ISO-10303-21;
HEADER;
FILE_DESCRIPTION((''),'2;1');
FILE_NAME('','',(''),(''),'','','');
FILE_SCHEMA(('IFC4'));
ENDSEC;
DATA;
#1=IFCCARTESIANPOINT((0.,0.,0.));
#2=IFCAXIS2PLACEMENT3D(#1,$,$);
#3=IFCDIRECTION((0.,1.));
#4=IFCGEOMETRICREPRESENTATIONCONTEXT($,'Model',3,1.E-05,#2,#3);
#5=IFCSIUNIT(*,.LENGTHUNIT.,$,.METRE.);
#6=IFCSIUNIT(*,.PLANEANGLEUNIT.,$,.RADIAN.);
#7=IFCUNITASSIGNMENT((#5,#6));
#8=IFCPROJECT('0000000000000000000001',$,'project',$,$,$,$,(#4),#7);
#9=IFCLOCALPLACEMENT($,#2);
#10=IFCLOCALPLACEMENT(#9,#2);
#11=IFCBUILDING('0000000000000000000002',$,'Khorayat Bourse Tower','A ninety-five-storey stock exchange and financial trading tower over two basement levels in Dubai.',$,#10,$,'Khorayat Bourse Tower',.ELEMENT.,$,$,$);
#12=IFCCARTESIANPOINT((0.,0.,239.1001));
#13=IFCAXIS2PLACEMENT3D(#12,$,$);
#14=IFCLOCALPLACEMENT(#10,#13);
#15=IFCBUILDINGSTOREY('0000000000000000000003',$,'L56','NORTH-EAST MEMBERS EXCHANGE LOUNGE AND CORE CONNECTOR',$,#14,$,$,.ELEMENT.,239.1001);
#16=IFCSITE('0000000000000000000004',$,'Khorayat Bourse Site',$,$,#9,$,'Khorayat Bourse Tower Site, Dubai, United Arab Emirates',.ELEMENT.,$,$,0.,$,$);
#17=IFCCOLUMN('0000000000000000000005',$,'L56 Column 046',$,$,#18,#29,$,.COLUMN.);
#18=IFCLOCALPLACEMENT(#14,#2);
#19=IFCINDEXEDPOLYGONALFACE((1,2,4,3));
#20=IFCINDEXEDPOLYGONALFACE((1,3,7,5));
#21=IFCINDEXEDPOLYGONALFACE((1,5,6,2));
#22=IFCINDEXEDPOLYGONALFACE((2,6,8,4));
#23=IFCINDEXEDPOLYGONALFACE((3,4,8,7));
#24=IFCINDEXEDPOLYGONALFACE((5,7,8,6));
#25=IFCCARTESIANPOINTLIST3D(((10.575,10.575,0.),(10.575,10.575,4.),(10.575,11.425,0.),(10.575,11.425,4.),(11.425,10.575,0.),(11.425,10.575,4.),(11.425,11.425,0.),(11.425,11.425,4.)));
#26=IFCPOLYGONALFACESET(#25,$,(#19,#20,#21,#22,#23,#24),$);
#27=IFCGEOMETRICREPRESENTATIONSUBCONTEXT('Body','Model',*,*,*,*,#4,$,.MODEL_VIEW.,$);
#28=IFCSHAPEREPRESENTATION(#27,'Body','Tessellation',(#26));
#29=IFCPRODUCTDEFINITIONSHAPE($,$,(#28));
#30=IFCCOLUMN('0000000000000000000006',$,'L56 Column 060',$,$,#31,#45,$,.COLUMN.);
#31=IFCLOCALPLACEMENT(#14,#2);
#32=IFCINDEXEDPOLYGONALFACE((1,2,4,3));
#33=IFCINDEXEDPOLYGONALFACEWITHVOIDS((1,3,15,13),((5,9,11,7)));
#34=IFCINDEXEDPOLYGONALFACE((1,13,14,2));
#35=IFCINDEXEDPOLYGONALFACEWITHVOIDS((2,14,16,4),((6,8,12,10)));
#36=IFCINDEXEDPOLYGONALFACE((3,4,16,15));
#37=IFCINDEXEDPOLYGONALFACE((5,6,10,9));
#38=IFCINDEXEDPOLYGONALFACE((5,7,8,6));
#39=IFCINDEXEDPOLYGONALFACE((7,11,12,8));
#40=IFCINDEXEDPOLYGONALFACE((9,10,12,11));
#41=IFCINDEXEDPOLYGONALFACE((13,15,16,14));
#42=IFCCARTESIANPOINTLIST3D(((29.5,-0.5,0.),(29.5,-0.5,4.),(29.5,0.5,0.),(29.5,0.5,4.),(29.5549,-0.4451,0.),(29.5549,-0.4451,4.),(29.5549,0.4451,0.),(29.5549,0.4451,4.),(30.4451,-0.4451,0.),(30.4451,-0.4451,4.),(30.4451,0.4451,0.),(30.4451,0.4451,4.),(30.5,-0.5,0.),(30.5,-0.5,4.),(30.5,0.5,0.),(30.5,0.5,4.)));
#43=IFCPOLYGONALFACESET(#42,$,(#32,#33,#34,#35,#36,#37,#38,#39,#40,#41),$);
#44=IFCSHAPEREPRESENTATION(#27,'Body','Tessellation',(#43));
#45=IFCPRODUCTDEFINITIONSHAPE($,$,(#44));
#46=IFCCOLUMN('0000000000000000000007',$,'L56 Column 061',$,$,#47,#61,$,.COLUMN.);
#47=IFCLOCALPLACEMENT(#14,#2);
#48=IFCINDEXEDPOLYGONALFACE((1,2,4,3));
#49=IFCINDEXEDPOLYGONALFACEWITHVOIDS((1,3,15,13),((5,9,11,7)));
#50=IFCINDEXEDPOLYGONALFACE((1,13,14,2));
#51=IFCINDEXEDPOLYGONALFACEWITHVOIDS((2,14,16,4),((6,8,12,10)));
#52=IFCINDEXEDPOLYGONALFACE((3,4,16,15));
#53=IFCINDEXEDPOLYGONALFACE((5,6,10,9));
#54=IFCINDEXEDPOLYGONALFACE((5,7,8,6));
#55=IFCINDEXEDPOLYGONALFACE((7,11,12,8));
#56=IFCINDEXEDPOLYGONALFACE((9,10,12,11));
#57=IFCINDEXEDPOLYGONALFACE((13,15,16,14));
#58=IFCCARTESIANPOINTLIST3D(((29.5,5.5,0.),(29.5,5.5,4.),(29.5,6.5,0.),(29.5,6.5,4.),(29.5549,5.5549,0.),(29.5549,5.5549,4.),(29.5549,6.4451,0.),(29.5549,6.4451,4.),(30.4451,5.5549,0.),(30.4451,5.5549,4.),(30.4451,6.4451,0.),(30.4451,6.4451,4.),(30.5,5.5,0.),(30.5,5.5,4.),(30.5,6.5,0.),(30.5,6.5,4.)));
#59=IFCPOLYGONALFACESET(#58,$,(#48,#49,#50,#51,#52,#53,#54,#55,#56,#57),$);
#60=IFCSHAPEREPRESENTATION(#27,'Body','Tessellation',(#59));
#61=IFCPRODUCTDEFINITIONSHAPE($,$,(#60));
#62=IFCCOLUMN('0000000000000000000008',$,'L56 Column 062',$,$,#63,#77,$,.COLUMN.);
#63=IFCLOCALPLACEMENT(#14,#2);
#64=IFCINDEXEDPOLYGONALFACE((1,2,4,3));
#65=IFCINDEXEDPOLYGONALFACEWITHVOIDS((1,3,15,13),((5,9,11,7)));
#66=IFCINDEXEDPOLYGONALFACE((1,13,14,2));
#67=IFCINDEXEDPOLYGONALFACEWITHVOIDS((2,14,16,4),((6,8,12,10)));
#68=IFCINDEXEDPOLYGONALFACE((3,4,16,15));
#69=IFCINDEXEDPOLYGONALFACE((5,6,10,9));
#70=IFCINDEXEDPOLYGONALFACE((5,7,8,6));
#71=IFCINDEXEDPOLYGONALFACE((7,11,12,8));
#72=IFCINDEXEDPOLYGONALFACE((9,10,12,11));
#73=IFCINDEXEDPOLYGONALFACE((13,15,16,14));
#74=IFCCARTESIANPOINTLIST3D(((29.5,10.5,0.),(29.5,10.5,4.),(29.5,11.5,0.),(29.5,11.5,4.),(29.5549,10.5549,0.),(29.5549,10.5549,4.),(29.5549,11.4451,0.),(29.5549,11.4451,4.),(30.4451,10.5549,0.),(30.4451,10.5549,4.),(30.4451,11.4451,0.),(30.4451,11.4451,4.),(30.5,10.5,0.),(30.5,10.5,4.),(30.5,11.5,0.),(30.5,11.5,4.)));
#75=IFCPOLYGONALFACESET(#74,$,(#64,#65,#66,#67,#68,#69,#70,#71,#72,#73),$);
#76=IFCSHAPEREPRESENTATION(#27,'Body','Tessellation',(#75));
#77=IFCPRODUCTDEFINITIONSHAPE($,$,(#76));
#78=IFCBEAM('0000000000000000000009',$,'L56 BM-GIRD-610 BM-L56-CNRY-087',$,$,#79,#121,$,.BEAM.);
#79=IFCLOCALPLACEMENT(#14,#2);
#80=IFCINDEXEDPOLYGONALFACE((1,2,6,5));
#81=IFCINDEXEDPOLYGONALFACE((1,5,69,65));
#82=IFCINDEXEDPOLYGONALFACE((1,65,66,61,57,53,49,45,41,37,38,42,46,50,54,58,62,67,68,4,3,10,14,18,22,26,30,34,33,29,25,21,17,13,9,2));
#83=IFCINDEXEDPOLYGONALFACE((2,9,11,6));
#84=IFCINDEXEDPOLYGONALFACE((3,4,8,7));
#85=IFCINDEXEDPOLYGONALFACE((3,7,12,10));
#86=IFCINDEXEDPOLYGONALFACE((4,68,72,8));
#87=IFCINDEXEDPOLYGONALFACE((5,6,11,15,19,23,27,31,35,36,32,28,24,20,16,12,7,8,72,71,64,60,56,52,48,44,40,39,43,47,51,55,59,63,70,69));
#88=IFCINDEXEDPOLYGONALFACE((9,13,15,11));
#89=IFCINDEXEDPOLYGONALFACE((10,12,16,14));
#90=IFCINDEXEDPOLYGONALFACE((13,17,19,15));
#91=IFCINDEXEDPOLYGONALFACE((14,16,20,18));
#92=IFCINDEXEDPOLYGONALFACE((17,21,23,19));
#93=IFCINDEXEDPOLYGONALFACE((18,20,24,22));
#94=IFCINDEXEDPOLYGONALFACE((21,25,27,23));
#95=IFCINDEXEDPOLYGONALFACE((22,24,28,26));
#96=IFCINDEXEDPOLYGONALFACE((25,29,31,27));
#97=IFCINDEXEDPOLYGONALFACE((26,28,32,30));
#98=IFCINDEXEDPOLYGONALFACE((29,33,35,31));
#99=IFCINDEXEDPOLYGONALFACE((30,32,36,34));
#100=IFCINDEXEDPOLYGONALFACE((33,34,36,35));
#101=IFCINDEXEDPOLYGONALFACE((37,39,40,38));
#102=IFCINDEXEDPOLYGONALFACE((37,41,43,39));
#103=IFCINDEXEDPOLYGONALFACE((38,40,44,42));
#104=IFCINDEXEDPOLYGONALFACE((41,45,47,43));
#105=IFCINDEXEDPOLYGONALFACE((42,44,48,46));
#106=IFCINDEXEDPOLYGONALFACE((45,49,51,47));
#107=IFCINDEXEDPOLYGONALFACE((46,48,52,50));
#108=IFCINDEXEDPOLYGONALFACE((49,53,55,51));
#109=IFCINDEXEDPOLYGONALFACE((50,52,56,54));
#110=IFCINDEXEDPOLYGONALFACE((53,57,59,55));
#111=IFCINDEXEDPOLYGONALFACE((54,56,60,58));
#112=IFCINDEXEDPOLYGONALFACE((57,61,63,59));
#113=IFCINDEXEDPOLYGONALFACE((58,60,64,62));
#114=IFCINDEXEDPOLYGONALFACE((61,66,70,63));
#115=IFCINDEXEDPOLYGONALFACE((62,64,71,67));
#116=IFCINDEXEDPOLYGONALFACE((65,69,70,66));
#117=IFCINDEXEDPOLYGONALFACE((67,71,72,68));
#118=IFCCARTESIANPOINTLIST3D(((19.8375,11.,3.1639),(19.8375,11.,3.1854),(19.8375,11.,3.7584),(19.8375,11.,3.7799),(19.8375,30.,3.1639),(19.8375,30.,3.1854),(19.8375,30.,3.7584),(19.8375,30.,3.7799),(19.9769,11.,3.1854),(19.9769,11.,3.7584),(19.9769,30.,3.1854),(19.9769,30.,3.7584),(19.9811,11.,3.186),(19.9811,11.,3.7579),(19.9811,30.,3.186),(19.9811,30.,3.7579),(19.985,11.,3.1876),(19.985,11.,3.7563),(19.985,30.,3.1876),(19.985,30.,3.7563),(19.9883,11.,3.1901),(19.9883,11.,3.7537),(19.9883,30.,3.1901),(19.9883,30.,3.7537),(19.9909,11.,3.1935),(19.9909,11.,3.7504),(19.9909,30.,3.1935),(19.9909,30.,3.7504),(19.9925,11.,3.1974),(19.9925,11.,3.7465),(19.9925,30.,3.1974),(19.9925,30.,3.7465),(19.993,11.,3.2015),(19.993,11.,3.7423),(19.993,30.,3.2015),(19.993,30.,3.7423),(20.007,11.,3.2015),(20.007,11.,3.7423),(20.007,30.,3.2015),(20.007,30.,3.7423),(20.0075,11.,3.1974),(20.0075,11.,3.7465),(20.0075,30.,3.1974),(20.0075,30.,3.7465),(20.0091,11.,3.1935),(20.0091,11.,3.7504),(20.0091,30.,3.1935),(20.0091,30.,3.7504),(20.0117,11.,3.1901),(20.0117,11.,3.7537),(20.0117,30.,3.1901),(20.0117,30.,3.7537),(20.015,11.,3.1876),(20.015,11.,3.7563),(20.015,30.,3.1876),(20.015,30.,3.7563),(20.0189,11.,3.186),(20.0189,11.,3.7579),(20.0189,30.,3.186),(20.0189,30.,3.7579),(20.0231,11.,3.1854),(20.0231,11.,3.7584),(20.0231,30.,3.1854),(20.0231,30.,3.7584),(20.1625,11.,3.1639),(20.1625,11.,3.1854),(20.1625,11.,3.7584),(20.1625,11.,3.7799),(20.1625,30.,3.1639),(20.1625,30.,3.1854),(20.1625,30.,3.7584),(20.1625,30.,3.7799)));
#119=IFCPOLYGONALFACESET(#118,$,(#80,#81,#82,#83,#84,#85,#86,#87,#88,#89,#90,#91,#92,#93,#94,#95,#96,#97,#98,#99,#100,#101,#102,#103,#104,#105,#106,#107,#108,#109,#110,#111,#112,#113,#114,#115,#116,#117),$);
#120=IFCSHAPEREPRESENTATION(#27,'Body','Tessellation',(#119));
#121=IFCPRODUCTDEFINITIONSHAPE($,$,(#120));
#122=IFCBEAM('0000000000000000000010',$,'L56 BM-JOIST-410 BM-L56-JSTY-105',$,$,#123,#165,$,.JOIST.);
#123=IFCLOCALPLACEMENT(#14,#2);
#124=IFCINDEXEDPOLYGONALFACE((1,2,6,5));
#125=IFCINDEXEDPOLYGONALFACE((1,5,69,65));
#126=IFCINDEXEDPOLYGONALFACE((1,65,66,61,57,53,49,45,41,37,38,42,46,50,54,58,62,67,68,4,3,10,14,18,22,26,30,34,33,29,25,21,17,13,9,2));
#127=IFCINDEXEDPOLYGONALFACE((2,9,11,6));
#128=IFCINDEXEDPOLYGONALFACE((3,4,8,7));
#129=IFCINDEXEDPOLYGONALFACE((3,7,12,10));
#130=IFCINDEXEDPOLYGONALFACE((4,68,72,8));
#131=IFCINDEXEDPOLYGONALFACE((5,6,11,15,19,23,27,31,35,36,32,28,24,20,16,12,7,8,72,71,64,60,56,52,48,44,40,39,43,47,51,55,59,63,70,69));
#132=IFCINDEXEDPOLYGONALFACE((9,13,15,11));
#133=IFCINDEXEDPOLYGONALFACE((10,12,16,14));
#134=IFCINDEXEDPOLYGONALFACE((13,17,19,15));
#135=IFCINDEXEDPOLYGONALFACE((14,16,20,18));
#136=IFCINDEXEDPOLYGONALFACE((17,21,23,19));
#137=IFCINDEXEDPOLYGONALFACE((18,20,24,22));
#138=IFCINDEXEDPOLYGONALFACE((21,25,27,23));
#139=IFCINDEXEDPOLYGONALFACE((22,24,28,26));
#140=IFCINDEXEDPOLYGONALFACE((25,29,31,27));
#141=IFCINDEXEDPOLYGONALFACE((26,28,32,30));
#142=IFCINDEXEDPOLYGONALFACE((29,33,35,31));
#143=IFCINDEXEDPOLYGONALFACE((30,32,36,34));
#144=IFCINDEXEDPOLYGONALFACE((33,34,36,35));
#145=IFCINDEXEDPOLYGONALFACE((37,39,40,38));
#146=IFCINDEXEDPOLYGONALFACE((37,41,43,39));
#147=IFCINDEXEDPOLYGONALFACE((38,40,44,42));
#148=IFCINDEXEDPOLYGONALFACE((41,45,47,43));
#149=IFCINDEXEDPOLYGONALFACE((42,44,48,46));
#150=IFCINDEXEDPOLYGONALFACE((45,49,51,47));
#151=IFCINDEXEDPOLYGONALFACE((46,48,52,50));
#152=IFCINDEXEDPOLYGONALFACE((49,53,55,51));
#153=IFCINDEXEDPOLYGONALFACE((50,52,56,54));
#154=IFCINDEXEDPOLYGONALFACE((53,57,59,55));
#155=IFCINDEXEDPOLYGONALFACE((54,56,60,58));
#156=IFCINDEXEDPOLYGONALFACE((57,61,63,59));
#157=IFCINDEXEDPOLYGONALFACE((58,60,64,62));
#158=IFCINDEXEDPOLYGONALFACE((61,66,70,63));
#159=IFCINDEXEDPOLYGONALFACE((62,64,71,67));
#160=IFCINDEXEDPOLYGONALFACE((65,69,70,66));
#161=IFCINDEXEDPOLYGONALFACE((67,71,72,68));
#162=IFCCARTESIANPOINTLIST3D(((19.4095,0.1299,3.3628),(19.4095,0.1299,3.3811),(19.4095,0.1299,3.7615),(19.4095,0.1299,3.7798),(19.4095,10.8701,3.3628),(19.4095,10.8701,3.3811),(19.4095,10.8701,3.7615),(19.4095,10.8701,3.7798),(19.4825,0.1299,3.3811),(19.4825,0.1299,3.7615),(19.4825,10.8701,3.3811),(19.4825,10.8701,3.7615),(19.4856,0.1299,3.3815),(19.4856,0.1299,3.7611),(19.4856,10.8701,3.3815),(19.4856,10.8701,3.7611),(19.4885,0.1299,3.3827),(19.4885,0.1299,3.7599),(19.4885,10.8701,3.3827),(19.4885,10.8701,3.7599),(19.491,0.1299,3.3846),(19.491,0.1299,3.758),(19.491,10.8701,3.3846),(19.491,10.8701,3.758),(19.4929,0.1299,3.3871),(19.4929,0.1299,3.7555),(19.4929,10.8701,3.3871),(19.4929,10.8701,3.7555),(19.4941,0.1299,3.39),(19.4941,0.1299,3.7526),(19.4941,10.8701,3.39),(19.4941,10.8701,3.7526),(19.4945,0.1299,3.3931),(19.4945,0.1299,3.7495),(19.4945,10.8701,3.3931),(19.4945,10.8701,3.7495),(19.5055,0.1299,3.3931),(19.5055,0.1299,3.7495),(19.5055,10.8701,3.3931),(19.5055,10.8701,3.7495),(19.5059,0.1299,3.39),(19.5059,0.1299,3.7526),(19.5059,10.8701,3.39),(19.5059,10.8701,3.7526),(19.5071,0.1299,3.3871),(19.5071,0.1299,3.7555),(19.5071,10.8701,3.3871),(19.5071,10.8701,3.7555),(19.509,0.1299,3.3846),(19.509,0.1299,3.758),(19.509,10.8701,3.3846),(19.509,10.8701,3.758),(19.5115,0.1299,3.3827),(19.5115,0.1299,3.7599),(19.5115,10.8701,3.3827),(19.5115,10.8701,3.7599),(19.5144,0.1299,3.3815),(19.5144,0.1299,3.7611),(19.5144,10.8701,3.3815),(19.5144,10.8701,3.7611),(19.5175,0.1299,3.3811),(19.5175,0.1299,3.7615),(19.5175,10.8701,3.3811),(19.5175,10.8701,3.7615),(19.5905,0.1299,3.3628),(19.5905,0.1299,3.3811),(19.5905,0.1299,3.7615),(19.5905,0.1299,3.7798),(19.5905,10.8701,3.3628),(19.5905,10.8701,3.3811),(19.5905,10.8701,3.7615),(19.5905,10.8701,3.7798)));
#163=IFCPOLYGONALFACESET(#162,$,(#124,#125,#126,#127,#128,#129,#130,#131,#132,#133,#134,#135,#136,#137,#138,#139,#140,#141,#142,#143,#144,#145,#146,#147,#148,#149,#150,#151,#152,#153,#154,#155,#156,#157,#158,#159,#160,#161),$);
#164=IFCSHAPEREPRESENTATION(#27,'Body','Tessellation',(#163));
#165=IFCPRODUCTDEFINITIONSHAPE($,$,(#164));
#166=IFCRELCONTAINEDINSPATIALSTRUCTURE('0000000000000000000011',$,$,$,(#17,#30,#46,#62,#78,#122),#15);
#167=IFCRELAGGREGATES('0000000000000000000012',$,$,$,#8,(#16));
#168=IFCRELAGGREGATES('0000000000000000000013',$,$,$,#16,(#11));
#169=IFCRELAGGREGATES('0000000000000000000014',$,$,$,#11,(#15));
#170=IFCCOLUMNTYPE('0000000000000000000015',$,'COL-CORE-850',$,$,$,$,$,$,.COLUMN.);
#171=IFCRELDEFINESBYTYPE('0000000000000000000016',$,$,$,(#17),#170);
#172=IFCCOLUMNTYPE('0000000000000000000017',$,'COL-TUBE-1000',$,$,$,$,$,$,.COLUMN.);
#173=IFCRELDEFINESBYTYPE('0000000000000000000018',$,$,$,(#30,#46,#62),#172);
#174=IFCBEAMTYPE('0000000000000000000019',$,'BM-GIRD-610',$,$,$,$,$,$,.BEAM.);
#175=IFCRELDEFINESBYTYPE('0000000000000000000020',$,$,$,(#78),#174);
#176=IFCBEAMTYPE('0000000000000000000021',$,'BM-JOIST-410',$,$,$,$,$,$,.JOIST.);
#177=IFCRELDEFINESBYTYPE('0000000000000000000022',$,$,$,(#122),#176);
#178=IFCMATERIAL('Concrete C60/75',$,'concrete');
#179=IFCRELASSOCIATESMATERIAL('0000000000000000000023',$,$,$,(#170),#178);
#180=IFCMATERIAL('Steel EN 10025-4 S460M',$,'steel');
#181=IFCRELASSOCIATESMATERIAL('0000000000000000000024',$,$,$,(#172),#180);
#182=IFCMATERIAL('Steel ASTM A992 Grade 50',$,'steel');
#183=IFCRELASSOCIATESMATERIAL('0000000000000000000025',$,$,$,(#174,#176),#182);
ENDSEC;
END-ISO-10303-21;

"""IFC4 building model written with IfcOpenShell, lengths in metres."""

from ifc_helpers import new_model, si_unit, direction, frame, origin, origin_2d, place, context, subcontext, project, spatial, rectangle, hollow_rectangle, i_section, extrude, source, transform, mapped, material, material_profile, profile_set, type_object, element, save


model = new_model("IFC4")

# Units and contexts
model_context = context("Model", 3, precision=1e-05, world=origin(), true_north=direction((0.0, 1.0)))
body_context = subcontext(model_context, "Body", "Model", "MODEL_VIEW")
ifc_project = project(units=[si_unit("LENGTHUNIT", "METRE"), si_unit("PLANEANGLEUNIT", "RADIAN")], contexts=[model_context])

# Site, building, storey
site_placement = place(None, origin())
site = spatial("IfcSite", under=ifc_project, at=site_placement, Name="Khorayat Bourse Site", LongName="Khorayat Bourse Tower Site, Dubai, United Arab Emirates", CompositionType="ELEMENT", RefElevation=0.0)
building_placement = place(site_placement, origin())
building = spatial("IfcBuilding", under=site, at=building_placement, Name="Khorayat Bourse Tower", Description="A ninety-five-storey stock exchange and financial trading tower over two basement levels in Dubai.", LongName="Khorayat Bourse Tower", CompositionType="ELEMENT")
storey_placement = place(building_placement, frame((0.0, 0.0, 239.1001)))
storey = spatial("IfcBuildingStorey", under=building, at=storey_placement, Name="L56", Description="NORTH-EAST MEMBERS EXCHANGE LOUNGE AND CORE CONNECTOR", CompositionType="ELEMENT", Elevation=239.1001)

# Columns
ifc_material_1 = material(Name="Concrete C60/75", Category="concrete")
ifc_material_profile_1 = material_profile(ifc_material_1, rectangle(XDim=0.8501, YDim=0.8501, at=origin_2d()), Name="RC 850x850")
ifc_profile_set_1 = profile_set([ifc_material_profile_1], Name="Concrete C60/75")
column_type_1 = type_object("IfcColumnType", Name="COL-CORE-850", PredefinedType="COLUMN", material=ifc_profile_set_1)
shared_shape_1 = source(origin(), body_context, "Body", "SweptSolid", [
    extrude(rectangle(XDim=0.8501, YDim=0.8501, at=origin_2d()), origin(), (0.0, 0.0, 1.0), 4.0),
])
column_placement = place(storey_placement, frame((11.0, 11.0, 0.0), z_axis=(0.0, 0.0, 1.0), x_axis=(1.0, 0.0, 0.0)))
element("IfcColumn", 1, at=column_placement, inside=storey, type_object=column_type_1, Name="L56 Column 046", PredefinedType="COLUMN", context=body_context, shape_type="MappedRepresentation", body=[
    mapped(shared_shape_1, transform((0.0, 0.0, 0.0), scale=1.0)),
])
ifc_material_2 = material(Name="Steel EN 10025-4 S460M", Category="steel")
ifc_material_profile_2 = material_profile(ifc_material_2, hollow_rectangle(XDim=1.0, YDim=1.0, WallThickness=0.0549, at=origin_2d()), Name="BOX 1000x1000x55")
ifc_profile_set_2 = profile_set([ifc_material_profile_2], Name="Steel EN 10025-4 S460M")
column_type_2 = type_object("IfcColumnType", Name="COL-TUBE-1000", PredefinedType="COLUMN", material=ifc_profile_set_2)
shared_shape_2 = source(origin(), body_context, "Body", "SweptSolid", [
    extrude(hollow_rectangle(XDim=1.0, YDim=1.0, WallThickness=0.0549, at=origin_2d()), origin(), (0.0, 0.0, 1.0), 4.0),
])
for number, where, z_axis, x_axis, name in (
    (2, (30.0, 0.0, 0.0), (0.0, 0.0, 1.0), (1.0, 0.0, 0.0), "L56 Column 060"),
    (3, (30.0, 6.0, 0.0), (0.0, 0.0, 1.0), (1.0, 0.0, 0.0), "L56 Column 061"),
    (4, (30.0, 11.0, 0.0), (0.0, 0.0, 1.0), (1.0, 0.0, 0.0), "L56 Column 062"),
):
    element("IfcColumn", number, at=place(storey_placement, frame(where, z_axis=z_axis, x_axis=x_axis)), inside=storey, type_object=column_type_2, Name=name, PredefinedType="COLUMN", context=body_context, shape_type="MappedRepresentation", body=[
        mapped(shared_shape_2, transform((0.0, 0.0, 0.0), scale=1.0)),
    ])

# Beams
ifc_material_3 = material(Name="Steel ASTM A992 Grade 50", Category="steel")
ifc_material_profile_3 = material_profile(ifc_material_3, i_section(OverallWidth=0.325, OverallDepth=0.616, WebThickness=0.0139, FlangeThickness=0.0215, FilletRadius=0.0161, at=origin_2d()), Name="W610X174")
ifc_profile_set_3 = profile_set([ifc_material_profile_3], Name="Steel ASTM A992 Grade 50")
beam_type_1 = type_object("IfcBeamType", Name="BM-GIRD-610", PredefinedType="BEAM", material=ifc_profile_set_3)
shared_shape_3 = source(origin(), body_context, "Body", "SweptSolid", [
    extrude(i_section(OverallWidth=0.325, OverallDepth=0.616, WebThickness=0.0139, FlangeThickness=0.0215, FilletRadius=0.0161, at=origin_2d()), origin(), (0.0, 0.0, 1.0), 19.0),
])
beam_1_placement = place(storey_placement, frame((20.0, 11.0, 3.4719), z_axis=(0.0, 1.0, 0.0), x_axis=(-1.0, 0.0, 0.0)))
element("IfcBeam", 5, at=beam_1_placement, inside=storey, type_object=beam_type_1, Name="L56 BM-GIRD-610 BM-L56-CNRY-087", PredefinedType="BEAM", context=body_context, shape_type="MappedRepresentation", body=[
    mapped(shared_shape_3, transform((0.0, 0.0, 0.0), scale=1.0)),
])
ifc_material_profile_4 = material_profile(ifc_material_3, i_section(OverallWidth=0.1809, OverallDepth=0.417, WebThickness=0.011, FlangeThickness=0.0183, FilletRadius=0.012, at=origin_2d()), Name="W410X85")
ifc_profile_set_4 = profile_set([ifc_material_profile_4], Name="Steel ASTM A992 Grade 50")
beam_type_2 = type_object("IfcBeamType", Name="BM-JOIST-410", PredefinedType="JOIST", material=ifc_profile_set_4)
shared_shape_4 = source(origin(), body_context, "Body", "SweptSolid", [
    extrude(i_section(OverallWidth=0.1809, OverallDepth=0.417, WebThickness=0.011, FlangeThickness=0.0183, FilletRadius=0.012, at=origin_2d()), origin(), (0.0, 0.0, 1.0), 10.7402),
])
beam_2_placement = place(storey_placement, frame((19.5, 0.1299, 3.5713), z_axis=(0.0, 1.0, 0.0), x_axis=(-1.0, 0.0, 0.0)))
element("IfcBeam", 6, at=beam_2_placement, inside=storey, type_object=beam_type_2, Name="L56 BM-JOIST-410 BM-L56-JSTY-105", PredefinedType="JOIST", context=body_context, shape_type="MappedRepresentation", body=[
    mapped(shared_shape_4, transform((0.0, 0.0, 0.0), scale=1.0)),
])

save(model, "model.ifc")
